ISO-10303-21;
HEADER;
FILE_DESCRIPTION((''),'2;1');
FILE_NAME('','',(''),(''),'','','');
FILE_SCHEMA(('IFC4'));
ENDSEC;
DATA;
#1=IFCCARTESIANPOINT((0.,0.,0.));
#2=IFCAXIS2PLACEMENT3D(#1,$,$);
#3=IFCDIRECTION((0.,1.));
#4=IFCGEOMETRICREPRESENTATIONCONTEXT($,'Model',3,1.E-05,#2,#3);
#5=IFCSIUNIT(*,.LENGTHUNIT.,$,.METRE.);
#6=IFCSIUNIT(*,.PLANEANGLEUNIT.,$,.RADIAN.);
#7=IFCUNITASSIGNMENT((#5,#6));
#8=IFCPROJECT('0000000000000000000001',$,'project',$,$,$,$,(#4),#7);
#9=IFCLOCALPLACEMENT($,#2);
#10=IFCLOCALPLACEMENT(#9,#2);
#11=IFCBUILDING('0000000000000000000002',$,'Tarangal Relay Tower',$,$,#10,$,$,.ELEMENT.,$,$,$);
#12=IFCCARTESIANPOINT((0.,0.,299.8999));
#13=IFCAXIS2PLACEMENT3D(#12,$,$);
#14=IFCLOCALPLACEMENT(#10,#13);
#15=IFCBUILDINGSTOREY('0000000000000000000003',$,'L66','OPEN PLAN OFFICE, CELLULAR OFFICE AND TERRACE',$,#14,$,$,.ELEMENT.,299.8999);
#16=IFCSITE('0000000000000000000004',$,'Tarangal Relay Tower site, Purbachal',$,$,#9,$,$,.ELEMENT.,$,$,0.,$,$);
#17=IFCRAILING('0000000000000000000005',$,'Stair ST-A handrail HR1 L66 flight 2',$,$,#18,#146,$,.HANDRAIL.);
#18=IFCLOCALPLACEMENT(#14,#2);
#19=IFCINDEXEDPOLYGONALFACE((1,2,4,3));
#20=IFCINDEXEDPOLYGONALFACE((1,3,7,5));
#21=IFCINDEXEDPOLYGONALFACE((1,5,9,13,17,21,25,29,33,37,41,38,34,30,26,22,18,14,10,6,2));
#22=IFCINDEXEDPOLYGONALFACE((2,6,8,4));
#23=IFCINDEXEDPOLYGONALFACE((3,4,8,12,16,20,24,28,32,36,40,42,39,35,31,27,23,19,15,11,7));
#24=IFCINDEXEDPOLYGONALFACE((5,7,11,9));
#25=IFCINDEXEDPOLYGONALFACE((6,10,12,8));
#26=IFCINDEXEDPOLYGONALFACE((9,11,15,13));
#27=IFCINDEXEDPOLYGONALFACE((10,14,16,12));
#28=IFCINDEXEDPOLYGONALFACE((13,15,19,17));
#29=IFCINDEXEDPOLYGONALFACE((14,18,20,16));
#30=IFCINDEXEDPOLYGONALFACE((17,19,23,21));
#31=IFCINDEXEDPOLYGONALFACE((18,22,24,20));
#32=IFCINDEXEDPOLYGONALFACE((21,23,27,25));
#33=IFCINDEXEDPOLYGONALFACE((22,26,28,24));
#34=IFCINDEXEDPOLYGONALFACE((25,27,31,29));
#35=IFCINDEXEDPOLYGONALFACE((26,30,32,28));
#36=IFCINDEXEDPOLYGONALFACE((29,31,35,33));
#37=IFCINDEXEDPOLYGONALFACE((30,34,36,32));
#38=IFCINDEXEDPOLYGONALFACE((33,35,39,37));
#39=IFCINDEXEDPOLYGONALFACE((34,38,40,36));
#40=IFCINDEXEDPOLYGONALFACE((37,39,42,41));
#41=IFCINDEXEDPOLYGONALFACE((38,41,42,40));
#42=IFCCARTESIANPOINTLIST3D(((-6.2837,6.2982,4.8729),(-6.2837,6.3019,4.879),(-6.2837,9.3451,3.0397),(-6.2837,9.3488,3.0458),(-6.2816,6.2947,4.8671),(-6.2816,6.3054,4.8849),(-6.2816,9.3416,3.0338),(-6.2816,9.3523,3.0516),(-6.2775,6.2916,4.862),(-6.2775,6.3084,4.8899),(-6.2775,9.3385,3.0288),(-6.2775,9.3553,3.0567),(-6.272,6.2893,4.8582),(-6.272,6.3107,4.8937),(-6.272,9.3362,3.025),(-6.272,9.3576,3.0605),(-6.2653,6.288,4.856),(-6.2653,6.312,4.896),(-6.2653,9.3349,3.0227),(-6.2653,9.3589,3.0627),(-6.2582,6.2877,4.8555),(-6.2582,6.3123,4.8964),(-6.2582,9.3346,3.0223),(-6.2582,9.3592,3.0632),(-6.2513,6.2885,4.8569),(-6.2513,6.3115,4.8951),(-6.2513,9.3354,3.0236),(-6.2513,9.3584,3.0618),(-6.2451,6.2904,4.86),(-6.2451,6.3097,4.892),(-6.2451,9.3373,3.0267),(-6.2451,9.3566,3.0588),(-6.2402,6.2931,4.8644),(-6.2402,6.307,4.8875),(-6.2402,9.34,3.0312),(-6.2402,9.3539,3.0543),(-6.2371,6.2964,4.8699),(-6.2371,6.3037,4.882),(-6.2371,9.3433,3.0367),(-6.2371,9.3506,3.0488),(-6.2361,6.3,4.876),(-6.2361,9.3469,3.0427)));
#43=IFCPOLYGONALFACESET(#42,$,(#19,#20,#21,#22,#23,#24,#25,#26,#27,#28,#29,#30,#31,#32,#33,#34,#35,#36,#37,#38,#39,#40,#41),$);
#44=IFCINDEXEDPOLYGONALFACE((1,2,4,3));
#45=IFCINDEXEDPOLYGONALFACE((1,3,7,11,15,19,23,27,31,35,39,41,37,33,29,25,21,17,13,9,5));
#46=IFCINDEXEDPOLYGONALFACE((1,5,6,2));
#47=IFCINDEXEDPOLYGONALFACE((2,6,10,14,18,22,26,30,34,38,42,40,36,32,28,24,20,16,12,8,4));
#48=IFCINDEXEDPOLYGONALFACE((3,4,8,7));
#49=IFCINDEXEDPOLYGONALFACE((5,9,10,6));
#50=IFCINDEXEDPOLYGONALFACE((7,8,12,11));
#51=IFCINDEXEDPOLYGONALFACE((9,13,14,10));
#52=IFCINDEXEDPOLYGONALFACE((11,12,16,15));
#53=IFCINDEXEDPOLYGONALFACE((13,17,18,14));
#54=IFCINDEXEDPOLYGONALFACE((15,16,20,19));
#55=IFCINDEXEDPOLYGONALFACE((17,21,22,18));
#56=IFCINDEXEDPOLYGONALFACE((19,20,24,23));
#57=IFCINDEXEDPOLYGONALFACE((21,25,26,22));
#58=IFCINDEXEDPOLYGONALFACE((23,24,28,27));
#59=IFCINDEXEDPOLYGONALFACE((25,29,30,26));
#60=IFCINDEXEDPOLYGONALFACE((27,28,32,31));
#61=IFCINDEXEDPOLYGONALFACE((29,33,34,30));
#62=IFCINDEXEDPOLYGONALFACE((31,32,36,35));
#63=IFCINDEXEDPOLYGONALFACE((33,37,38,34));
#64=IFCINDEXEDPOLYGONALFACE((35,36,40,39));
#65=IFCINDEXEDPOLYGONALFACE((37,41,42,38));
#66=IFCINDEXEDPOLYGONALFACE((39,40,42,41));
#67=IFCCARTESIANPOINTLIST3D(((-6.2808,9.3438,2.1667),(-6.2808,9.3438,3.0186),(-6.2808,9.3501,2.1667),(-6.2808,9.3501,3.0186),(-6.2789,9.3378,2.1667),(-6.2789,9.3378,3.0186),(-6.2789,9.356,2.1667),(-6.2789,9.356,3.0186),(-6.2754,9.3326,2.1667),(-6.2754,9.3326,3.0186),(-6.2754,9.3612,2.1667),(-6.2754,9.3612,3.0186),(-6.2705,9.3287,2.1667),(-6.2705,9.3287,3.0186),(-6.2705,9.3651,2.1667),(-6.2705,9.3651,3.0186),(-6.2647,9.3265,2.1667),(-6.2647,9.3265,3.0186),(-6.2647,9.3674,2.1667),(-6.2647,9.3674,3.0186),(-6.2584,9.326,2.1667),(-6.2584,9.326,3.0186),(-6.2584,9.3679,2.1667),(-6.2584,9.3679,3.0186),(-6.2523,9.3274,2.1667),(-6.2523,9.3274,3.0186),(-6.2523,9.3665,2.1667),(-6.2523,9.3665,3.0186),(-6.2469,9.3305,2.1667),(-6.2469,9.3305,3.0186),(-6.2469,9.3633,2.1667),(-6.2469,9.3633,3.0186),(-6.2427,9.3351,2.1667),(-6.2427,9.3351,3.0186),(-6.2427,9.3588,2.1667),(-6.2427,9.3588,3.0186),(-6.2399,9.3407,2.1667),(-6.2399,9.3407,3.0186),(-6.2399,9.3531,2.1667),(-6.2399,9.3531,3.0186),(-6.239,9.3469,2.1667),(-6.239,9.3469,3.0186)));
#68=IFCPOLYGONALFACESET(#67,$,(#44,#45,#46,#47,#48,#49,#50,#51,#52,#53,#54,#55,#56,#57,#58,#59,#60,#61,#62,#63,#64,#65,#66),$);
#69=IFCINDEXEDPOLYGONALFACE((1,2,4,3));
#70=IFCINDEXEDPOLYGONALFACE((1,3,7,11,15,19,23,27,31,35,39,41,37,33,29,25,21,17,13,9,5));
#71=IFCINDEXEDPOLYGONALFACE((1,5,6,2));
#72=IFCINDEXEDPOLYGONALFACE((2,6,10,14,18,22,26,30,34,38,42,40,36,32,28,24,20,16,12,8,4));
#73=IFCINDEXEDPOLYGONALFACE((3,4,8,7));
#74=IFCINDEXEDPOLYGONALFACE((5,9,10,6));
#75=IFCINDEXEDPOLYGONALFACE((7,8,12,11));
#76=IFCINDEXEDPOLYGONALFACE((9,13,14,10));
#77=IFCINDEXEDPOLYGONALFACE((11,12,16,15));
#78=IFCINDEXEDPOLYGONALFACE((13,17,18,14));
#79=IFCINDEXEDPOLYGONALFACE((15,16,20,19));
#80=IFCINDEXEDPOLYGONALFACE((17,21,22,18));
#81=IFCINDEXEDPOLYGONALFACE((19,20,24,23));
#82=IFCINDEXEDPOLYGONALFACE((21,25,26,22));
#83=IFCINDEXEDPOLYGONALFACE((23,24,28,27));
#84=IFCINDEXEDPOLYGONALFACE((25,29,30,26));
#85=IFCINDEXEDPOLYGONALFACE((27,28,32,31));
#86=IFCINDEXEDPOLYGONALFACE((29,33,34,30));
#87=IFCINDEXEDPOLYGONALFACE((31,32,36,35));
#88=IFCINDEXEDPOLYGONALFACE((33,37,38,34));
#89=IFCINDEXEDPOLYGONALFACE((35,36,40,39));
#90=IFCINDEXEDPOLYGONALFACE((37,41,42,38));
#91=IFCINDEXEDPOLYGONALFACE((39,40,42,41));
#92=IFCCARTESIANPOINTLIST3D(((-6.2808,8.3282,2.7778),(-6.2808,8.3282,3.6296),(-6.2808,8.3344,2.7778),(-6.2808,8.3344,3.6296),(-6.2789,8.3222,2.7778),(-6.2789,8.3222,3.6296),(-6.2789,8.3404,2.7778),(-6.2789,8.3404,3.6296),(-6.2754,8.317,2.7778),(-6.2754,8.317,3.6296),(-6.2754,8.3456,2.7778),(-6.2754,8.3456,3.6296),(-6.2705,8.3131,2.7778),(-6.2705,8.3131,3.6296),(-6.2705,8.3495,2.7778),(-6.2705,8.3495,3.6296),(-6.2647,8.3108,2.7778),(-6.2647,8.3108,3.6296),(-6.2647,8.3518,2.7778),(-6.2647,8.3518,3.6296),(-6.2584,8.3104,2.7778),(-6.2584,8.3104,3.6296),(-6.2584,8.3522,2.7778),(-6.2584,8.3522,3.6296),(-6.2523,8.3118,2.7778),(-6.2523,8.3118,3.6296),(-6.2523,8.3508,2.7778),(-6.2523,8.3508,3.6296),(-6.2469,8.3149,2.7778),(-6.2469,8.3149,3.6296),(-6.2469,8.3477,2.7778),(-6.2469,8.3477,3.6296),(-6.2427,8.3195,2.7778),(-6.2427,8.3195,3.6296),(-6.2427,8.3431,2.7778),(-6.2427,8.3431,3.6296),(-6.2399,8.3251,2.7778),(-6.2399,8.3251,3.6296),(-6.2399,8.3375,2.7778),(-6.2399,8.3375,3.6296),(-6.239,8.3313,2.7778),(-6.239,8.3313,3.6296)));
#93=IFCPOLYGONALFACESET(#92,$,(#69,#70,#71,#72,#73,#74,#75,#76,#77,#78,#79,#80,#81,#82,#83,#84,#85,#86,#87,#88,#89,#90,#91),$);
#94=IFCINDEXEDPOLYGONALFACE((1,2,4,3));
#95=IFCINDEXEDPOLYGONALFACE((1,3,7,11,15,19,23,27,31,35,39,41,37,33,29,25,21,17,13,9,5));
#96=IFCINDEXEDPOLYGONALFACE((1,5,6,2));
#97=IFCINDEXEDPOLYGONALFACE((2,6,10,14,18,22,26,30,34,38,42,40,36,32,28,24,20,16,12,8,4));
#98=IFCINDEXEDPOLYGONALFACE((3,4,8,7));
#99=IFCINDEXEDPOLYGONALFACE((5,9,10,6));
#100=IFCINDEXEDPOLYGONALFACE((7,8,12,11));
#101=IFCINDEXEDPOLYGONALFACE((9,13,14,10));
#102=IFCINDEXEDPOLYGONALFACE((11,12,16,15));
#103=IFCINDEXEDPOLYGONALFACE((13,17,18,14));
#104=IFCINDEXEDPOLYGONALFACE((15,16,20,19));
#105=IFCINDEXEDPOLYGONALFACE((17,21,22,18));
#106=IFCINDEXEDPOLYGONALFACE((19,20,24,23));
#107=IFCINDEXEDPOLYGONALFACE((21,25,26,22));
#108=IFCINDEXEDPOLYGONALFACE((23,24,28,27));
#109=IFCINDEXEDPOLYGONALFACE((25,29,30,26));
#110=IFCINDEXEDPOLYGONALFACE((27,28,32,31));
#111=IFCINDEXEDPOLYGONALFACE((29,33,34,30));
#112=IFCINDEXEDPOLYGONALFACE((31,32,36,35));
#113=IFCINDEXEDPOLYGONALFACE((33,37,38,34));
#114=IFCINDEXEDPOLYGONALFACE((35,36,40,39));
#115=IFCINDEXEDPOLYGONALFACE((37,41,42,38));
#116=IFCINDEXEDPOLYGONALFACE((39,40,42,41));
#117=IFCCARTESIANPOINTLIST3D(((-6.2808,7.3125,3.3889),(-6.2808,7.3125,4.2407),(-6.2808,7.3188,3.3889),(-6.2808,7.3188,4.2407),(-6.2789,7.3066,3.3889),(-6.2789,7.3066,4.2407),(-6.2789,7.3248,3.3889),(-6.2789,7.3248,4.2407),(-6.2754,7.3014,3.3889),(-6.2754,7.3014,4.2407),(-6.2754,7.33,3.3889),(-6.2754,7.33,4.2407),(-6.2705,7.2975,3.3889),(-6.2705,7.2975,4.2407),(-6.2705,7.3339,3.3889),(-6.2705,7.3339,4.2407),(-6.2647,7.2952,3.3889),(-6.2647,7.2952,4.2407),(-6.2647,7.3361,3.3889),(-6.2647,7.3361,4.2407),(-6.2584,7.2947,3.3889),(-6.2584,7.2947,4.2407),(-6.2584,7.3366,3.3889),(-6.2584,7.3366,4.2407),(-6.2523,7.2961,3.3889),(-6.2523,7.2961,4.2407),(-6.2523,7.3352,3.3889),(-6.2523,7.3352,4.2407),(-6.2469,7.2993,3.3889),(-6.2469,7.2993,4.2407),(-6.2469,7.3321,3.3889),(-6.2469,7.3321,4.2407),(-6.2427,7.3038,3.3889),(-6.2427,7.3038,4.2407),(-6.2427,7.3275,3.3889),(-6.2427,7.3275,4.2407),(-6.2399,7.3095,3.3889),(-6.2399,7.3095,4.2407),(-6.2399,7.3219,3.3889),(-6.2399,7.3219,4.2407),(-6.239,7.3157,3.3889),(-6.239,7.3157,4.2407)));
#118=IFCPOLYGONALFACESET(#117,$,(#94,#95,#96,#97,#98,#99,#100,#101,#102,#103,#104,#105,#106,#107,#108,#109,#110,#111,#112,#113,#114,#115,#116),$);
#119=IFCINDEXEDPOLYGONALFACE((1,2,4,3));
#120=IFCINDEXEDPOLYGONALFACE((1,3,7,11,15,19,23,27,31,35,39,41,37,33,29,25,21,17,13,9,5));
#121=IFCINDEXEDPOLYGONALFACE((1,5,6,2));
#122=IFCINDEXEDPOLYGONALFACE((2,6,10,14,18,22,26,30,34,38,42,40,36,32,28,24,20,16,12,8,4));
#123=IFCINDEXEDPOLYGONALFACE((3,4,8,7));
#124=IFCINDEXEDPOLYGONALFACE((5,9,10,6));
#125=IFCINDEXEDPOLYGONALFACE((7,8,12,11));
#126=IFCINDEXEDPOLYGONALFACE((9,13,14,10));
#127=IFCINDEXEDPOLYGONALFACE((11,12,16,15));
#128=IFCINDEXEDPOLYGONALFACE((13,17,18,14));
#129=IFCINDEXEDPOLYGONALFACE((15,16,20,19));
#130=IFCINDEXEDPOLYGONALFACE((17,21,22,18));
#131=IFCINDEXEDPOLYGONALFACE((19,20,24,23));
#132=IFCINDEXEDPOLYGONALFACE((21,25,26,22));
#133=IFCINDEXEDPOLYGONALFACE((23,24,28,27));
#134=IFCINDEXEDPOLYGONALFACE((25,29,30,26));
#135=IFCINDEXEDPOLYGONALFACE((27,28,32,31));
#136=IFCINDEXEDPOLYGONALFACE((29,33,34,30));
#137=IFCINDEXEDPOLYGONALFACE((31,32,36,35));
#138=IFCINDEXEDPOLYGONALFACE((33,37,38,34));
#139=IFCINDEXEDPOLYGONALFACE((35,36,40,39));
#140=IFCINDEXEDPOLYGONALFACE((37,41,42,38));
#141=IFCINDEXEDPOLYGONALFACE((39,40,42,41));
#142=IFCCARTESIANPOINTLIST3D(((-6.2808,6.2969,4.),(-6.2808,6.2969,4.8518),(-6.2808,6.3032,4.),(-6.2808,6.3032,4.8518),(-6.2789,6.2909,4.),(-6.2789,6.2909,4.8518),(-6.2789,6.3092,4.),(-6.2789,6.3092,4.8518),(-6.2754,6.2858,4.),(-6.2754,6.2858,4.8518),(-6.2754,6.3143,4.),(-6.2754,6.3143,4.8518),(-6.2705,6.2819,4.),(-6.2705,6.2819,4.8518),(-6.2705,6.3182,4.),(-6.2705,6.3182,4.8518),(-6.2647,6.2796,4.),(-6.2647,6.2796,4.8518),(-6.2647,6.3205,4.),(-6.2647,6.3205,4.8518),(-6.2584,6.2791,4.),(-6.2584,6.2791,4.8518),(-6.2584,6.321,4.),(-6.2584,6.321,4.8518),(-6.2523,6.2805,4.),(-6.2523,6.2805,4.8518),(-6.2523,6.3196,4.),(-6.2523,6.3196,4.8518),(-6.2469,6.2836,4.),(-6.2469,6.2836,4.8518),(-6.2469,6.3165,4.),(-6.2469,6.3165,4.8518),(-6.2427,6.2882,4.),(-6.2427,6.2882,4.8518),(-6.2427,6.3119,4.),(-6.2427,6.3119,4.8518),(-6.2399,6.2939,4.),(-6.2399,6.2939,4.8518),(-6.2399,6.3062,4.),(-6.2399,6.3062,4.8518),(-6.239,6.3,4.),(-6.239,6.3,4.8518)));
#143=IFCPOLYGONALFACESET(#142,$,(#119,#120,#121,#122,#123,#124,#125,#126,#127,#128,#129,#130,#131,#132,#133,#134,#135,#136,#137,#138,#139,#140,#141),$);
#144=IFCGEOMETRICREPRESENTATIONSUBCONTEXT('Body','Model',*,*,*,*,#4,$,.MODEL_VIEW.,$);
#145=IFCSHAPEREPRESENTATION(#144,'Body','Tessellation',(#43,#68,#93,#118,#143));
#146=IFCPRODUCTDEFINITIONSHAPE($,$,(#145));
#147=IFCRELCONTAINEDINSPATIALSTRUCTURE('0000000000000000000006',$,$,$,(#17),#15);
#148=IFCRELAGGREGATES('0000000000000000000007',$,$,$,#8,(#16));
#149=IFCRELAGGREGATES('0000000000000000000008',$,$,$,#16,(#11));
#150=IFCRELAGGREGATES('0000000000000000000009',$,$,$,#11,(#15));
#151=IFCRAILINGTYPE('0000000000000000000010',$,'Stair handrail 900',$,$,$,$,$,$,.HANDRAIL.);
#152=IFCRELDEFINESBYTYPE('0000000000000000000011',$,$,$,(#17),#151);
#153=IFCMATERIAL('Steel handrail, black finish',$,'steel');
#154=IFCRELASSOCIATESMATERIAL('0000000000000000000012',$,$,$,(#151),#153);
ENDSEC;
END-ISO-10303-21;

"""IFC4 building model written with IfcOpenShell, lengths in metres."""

from ifc_helpers import new_model, si_unit, direction, frame, origin, origin_2d, place, context, subcontext, project, spatial, circle, extrude, material, type_object, element, save


model = new_model("IFC4")

# Units and contexts
model_context = context("Model", 3, precision=1e-05, world=origin(), true_north=direction((0.0, 1.0)))
body_context = subcontext(model_context, "Body", "Model", "MODEL_VIEW")
ifc_project = project(units=[si_unit("LENGTHUNIT", "METRE"), si_unit("PLANEANGLEUNIT", "RADIAN")], contexts=[model_context])

# Site, building, storey
site_placement = place(None, origin())
site = spatial("IfcSite", under=ifc_project, at=site_placement, Name="Tarangal Relay Tower site, Purbachal", CompositionType="ELEMENT", RefElevation=0.0)
building_placement = place(site_placement, origin())
building = spatial("IfcBuilding", under=site, at=building_placement, Name="Tarangal Relay Tower", CompositionType="ELEMENT")
storey_placement = place(building_placement, frame((0.0, 0.0, 299.8999)))
storey = spatial("IfcBuildingStorey", under=building, at=storey_placement, Name="L66", Description="OPEN PLAN OFFICE, CELLULAR OFFICE AND TERRACE", CompositionType="ELEMENT", Elevation=299.8999)

# Railing
ifc_material_1 = material(Name="Steel handrail, black finish", Category="steel")
railing_type_1 = type_object("IfcRailingType", Name="Stair handrail 900", PredefinedType="HANDRAIL", material=ifc_material_1)
railing_1_placement = place(storey_placement, frame((-6.26, 9.3469, 2.1667)))
element("IfcRailing", 1, at=railing_1_placement, inside=storey, type_object=railing_type_1, Name="Stair ST-A handrail HR1 L66 flight 2", PredefinedType="HANDRAIL", context=body_context, shape_type="SweptSolid", body=[
    extrude(circle(Radius=0.0239, at=origin_2d()), frame((0.0, 0.0, 0.876), z_axis=(0.0, -0.856856, 0.515556), x_axis=(1.0, 0.0, 0.0)), (0.0, 0.0, 1.0), 3.5559),
    extrude(circle(Radius=0.021, at=origin_2d()), origin(), (0.0, 0.0, 1.0), 0.8518),
    extrude(circle(Radius=0.021, at=origin_2d()), frame((0.0, -1.0156, 0.6111)), (0.0, 0.0, 1.0), 0.8518),
    extrude(circle(Radius=0.021, at=origin_2d()), frame((0.0, -2.0312, 1.2222)), (0.0, 0.0, 1.0), 0.8518),
    extrude(circle(Radius=0.021, at=origin_2d()), frame((0.0, -3.0469, 1.8333)), (0.0, 0.0, 1.0), 0.8518),
])

save(model, "model.ifc")
